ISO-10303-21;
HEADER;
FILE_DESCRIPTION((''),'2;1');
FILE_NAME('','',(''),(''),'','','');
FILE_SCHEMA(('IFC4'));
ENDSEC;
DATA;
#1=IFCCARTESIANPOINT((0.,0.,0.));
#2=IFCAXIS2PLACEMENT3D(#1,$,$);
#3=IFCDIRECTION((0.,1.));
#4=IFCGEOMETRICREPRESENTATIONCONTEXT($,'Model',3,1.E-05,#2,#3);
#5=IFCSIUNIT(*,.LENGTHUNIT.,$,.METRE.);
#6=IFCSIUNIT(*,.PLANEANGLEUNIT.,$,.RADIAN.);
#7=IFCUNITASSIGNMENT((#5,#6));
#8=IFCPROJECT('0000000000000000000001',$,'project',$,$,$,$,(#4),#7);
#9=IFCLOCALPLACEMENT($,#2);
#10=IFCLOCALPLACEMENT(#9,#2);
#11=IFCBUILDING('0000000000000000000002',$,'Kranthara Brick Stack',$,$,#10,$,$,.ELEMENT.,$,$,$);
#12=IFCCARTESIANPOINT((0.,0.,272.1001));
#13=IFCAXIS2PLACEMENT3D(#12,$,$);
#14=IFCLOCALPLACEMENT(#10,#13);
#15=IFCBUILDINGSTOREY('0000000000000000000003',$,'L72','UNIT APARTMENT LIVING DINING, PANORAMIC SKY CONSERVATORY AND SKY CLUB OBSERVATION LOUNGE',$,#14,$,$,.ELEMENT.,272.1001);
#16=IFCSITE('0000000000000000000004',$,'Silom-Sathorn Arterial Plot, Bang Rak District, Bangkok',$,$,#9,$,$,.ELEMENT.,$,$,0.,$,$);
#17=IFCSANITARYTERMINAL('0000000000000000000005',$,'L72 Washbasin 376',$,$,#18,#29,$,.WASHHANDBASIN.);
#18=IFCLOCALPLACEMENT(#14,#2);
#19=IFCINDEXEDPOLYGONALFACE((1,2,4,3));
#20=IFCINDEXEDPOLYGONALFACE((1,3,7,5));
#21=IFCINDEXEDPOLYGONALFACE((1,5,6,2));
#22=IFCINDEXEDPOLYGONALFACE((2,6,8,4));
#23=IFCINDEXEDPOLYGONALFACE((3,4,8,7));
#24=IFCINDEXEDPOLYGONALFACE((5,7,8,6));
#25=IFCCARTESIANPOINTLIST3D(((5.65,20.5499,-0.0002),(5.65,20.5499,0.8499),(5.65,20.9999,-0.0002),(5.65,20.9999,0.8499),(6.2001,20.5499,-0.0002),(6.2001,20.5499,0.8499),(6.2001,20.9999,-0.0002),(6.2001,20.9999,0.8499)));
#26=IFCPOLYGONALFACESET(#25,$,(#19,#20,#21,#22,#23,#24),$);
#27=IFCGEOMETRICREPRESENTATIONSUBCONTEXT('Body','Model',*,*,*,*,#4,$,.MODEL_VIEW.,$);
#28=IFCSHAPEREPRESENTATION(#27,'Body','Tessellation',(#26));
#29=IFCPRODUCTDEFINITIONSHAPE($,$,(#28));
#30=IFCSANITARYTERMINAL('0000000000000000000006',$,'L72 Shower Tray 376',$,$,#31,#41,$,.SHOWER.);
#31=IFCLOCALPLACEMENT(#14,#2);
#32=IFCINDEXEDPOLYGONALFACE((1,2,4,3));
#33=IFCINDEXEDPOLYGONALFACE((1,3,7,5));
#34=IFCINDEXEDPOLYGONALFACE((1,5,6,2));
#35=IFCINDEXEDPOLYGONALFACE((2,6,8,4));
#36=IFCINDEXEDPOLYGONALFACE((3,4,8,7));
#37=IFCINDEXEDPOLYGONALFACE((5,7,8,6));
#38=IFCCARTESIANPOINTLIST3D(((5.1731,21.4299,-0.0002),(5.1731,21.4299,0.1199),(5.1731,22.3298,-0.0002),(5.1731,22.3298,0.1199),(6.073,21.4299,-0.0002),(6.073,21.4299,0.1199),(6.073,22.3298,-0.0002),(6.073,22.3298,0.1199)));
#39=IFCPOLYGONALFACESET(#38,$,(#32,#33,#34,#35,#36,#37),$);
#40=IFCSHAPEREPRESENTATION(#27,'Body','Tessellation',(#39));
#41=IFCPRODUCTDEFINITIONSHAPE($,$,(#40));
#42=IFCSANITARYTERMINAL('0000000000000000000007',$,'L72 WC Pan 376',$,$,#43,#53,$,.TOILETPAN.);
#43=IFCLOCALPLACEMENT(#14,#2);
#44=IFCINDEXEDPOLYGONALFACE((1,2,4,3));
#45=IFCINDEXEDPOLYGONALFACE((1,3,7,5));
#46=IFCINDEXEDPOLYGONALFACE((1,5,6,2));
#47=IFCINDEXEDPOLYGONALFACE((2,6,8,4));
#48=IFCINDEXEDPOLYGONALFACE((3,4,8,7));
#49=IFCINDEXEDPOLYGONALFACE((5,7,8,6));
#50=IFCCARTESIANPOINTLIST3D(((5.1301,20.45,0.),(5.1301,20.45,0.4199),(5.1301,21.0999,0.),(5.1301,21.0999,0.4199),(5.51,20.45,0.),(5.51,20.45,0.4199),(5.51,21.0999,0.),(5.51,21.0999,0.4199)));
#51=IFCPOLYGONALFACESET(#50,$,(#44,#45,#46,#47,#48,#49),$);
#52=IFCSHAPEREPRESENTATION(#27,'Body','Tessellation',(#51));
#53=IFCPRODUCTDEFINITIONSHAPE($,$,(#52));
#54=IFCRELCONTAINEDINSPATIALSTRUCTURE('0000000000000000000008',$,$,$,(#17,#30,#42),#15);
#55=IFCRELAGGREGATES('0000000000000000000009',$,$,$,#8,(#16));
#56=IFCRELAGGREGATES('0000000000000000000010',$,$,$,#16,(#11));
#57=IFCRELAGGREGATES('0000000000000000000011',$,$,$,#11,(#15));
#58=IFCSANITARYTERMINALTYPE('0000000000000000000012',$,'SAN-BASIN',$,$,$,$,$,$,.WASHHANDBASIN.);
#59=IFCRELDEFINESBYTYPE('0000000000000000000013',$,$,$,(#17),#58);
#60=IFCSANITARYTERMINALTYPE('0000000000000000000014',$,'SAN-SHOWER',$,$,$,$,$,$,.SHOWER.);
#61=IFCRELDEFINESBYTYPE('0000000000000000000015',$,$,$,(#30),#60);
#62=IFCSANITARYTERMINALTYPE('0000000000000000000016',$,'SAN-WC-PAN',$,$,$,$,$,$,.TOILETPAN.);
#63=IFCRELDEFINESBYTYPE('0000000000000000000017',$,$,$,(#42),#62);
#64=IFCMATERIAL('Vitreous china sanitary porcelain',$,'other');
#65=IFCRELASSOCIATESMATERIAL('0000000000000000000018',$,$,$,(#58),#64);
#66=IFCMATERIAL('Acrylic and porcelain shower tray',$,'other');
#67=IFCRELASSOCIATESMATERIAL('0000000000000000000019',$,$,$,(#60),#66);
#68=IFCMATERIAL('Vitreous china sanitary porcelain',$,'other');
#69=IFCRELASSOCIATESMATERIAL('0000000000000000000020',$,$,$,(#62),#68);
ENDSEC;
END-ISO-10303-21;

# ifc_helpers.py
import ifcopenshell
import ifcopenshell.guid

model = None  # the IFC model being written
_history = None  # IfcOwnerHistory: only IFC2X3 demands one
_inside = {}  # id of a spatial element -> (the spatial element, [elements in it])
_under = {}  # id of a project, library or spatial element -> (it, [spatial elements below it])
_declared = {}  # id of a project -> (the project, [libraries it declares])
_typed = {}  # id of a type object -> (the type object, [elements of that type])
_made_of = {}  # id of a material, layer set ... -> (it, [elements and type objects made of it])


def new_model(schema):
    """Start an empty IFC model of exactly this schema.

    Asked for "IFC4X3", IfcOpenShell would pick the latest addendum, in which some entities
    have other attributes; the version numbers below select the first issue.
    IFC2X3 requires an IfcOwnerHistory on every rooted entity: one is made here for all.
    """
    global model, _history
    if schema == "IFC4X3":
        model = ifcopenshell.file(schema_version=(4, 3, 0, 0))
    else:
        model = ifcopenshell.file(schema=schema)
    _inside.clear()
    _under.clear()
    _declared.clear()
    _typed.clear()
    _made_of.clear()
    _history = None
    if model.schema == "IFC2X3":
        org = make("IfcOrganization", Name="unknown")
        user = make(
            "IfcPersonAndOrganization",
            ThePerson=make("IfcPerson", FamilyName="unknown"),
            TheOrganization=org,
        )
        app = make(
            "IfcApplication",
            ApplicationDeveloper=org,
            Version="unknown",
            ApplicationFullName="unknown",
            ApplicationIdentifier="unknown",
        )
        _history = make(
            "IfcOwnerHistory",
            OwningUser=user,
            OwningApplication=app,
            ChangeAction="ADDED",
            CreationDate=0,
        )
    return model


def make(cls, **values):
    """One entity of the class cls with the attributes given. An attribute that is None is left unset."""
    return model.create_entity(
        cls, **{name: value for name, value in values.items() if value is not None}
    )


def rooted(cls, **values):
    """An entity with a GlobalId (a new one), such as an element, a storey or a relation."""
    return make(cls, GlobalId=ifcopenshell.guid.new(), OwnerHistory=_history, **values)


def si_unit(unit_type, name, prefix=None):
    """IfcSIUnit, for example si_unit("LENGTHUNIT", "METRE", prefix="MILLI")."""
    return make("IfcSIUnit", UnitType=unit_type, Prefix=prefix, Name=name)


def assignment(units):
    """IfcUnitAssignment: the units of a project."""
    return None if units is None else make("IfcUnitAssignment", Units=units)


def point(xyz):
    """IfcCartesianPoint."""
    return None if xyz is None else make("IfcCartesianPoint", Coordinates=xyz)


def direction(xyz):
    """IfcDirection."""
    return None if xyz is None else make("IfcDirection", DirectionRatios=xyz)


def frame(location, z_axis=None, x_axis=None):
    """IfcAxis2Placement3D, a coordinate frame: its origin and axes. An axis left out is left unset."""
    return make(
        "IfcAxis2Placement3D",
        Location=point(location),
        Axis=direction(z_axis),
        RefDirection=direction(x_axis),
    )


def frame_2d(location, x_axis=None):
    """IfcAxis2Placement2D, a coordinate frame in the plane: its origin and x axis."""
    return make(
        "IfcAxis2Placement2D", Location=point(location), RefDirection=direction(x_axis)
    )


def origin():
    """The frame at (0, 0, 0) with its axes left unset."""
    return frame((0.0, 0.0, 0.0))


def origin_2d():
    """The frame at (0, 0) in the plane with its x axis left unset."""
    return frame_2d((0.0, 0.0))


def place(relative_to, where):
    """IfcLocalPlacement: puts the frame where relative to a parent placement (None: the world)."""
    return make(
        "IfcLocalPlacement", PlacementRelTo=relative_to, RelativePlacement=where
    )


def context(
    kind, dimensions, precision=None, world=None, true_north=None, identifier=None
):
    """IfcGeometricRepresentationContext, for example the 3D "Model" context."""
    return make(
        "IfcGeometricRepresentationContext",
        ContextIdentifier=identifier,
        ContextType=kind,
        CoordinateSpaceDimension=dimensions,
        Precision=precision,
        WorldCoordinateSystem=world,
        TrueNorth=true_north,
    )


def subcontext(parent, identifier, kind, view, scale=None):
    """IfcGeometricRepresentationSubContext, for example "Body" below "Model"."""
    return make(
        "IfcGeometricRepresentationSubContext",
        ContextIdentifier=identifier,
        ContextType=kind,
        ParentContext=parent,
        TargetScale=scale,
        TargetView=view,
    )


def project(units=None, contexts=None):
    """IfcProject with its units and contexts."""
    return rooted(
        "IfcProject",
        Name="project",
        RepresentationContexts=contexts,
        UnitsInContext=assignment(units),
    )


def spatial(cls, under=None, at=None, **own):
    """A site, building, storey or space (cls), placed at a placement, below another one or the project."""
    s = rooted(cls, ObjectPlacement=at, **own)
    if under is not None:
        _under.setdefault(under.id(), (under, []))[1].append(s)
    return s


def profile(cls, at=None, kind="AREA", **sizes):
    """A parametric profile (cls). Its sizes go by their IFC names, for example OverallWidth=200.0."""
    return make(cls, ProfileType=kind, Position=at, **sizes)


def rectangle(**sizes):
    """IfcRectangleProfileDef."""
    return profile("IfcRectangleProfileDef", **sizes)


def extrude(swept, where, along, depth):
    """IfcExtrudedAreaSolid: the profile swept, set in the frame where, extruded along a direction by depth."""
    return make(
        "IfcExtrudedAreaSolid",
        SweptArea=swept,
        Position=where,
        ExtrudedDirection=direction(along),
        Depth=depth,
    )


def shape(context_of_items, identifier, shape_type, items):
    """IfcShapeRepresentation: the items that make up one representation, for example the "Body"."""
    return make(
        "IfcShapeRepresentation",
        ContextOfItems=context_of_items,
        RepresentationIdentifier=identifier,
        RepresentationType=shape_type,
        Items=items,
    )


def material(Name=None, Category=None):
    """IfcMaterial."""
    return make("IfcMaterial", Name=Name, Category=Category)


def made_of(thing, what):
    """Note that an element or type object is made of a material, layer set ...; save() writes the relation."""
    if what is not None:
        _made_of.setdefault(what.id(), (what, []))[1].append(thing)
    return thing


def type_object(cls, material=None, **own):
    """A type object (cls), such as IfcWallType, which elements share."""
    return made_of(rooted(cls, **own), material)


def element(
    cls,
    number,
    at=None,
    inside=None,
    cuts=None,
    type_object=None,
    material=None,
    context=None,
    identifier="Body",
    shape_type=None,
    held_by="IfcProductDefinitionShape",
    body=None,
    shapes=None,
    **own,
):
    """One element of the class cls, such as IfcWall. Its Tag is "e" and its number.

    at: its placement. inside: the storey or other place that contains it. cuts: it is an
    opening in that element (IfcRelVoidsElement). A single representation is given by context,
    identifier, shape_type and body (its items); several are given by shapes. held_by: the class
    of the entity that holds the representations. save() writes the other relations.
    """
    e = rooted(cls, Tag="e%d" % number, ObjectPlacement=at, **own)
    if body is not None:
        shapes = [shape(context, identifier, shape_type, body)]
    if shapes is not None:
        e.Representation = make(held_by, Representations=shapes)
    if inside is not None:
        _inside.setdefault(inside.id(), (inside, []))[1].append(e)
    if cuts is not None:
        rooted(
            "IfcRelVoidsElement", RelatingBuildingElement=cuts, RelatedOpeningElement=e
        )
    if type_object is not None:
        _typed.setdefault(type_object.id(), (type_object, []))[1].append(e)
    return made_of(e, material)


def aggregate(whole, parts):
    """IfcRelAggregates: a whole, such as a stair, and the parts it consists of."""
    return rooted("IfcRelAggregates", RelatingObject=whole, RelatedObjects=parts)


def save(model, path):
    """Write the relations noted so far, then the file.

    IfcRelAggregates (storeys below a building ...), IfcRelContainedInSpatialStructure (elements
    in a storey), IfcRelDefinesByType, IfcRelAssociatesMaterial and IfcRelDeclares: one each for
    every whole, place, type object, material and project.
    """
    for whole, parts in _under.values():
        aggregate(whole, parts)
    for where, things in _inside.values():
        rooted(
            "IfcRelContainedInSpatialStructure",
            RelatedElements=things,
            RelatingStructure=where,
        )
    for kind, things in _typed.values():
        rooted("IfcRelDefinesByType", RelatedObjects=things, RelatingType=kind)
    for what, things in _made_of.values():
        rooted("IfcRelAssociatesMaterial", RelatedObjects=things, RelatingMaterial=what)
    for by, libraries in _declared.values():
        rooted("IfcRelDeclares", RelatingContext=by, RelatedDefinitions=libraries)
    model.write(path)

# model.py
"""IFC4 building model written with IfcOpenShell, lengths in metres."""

from ifc_helpers import new_model, si_unit, direction, frame, origin, origin_2d, place, context, subcontext, project, spatial, rectangle, extrude, material, type_object, element, save


model = new_model("IFC4")

# Units and contexts
model_context = context("Model", 3, precision=1e-05, world=origin(), true_north=direction((0.0, 1.0)))
body_context = subcontext(model_context, "Body", "Model", "MODEL_VIEW")
ifc_project = project(units=[si_unit("LENGTHUNIT", "METRE"), si_unit("PLANEANGLEUNIT", "RADIAN")], contexts=[model_context])

# Site, building, storey
site_placement = place(None, origin())
site = spatial("IfcSite", under=ifc_project, at=site_placement, Name="Silom-Sathorn Arterial Plot, Bang Rak District, Bangkok", CompositionType="ELEMENT", RefElevation=0.0)
building_placement = place(site_placement, origin())
building = spatial("IfcBuilding", under=site, at=building_placement, Name="Kranthara Brick Stack", CompositionType="ELEMENT")
storey_placement = place(building_placement, frame((0.0, 0.0, 272.1001)))
storey = spatial("IfcBuildingStorey", under=building, at=storey_placement, Name="L72", Description="UNIT APARTMENT LIVING DINING, PANORAMIC SKY CONSERVATORY AND SKY CLUB OBSERVATION LOUNGE", CompositionType="ELEMENT", Elevation=272.1001)

# Sanitary terminals
ifc_material_1 = material(Name="Vitreous china sanitary porcelain", Category="other")
sanitary_terminal_type_1 = type_object("IfcSanitaryTerminalType", Name="SAN-BASIN", PredefinedType="WASHHANDBASIN", material=ifc_material_1)
sanitary_terminal_1_placement = place(storey_placement, frame((5.925, 20.7749, -0.0002), z_axis=(0.0, 0.0, 1.0), x_axis=(1.0, 0.0, 0.0)))
element("IfcSanitaryTerminal", 1, at=sanitary_terminal_1_placement, inside=storey, type_object=sanitary_terminal_type_1, Name="L72 Washbasin 376", PredefinedType="WASHHANDBASIN", context=body_context, shape_type="SweptSolid", body=[
    extrude(rectangle(XDim=0.55, YDim=0.45, at=origin_2d()), origin(), (0.0, 0.0, 1.0), 0.8501),
])
ifc_material_2 = material(Name="Acrylic and porcelain shower tray", Category="other")
sanitary_terminal_type_2 = type_object("IfcSanitaryTerminalType", Name="SAN-SHOWER", PredefinedType="SHOWER", material=ifc_material_2)
sanitary_terminal_2_placement = place(storey_placement, frame((5.623, 21.8799, -0.0002), z_axis=(0.0, 0.0, 1.0), x_axis=(1.0, 0.0, 0.0)))
element("IfcSanitaryTerminal", 2, at=sanitary_terminal_2_placement, inside=storey, type_object=sanitary_terminal_type_2, Name="L72 Shower Tray 376", PredefinedType="SHOWER", context=body_context, shape_type="SweptSolid", body=[
    extrude(rectangle(XDim=0.8999, YDim=0.8999, at=origin_2d()), origin(), (0.0, 0.0, 1.0), 0.1201),
])
ifc_material_3 = material(Name="Vitreous china sanitary porcelain", Category="other")
sanitary_terminal_type_3 = type_object("IfcSanitaryTerminalType", Name="SAN-WC-PAN", PredefinedType="TOILETPAN", material=ifc_material_3)
sanitary_terminal_3_placement = place(storey_placement, frame((5.3201, 20.7749, 0.0), z_axis=(0.0, 0.0, 1.0), x_axis=(1.0, 0.0, 0.0)))
element("IfcSanitaryTerminal", 3, at=sanitary_terminal_3_placement, inside=storey, type_object=sanitary_terminal_type_3, Name="L72 WC Pan 376", PredefinedType="TOILETPAN", context=body_context, shape_type="SweptSolid", body=[
    extrude(rectangle(XDim=0.3799, YDim=0.6499, at=origin_2d()), origin(), (0.0, 0.0, 1.0), 0.4199),
])

save(model, "model.ifc")
